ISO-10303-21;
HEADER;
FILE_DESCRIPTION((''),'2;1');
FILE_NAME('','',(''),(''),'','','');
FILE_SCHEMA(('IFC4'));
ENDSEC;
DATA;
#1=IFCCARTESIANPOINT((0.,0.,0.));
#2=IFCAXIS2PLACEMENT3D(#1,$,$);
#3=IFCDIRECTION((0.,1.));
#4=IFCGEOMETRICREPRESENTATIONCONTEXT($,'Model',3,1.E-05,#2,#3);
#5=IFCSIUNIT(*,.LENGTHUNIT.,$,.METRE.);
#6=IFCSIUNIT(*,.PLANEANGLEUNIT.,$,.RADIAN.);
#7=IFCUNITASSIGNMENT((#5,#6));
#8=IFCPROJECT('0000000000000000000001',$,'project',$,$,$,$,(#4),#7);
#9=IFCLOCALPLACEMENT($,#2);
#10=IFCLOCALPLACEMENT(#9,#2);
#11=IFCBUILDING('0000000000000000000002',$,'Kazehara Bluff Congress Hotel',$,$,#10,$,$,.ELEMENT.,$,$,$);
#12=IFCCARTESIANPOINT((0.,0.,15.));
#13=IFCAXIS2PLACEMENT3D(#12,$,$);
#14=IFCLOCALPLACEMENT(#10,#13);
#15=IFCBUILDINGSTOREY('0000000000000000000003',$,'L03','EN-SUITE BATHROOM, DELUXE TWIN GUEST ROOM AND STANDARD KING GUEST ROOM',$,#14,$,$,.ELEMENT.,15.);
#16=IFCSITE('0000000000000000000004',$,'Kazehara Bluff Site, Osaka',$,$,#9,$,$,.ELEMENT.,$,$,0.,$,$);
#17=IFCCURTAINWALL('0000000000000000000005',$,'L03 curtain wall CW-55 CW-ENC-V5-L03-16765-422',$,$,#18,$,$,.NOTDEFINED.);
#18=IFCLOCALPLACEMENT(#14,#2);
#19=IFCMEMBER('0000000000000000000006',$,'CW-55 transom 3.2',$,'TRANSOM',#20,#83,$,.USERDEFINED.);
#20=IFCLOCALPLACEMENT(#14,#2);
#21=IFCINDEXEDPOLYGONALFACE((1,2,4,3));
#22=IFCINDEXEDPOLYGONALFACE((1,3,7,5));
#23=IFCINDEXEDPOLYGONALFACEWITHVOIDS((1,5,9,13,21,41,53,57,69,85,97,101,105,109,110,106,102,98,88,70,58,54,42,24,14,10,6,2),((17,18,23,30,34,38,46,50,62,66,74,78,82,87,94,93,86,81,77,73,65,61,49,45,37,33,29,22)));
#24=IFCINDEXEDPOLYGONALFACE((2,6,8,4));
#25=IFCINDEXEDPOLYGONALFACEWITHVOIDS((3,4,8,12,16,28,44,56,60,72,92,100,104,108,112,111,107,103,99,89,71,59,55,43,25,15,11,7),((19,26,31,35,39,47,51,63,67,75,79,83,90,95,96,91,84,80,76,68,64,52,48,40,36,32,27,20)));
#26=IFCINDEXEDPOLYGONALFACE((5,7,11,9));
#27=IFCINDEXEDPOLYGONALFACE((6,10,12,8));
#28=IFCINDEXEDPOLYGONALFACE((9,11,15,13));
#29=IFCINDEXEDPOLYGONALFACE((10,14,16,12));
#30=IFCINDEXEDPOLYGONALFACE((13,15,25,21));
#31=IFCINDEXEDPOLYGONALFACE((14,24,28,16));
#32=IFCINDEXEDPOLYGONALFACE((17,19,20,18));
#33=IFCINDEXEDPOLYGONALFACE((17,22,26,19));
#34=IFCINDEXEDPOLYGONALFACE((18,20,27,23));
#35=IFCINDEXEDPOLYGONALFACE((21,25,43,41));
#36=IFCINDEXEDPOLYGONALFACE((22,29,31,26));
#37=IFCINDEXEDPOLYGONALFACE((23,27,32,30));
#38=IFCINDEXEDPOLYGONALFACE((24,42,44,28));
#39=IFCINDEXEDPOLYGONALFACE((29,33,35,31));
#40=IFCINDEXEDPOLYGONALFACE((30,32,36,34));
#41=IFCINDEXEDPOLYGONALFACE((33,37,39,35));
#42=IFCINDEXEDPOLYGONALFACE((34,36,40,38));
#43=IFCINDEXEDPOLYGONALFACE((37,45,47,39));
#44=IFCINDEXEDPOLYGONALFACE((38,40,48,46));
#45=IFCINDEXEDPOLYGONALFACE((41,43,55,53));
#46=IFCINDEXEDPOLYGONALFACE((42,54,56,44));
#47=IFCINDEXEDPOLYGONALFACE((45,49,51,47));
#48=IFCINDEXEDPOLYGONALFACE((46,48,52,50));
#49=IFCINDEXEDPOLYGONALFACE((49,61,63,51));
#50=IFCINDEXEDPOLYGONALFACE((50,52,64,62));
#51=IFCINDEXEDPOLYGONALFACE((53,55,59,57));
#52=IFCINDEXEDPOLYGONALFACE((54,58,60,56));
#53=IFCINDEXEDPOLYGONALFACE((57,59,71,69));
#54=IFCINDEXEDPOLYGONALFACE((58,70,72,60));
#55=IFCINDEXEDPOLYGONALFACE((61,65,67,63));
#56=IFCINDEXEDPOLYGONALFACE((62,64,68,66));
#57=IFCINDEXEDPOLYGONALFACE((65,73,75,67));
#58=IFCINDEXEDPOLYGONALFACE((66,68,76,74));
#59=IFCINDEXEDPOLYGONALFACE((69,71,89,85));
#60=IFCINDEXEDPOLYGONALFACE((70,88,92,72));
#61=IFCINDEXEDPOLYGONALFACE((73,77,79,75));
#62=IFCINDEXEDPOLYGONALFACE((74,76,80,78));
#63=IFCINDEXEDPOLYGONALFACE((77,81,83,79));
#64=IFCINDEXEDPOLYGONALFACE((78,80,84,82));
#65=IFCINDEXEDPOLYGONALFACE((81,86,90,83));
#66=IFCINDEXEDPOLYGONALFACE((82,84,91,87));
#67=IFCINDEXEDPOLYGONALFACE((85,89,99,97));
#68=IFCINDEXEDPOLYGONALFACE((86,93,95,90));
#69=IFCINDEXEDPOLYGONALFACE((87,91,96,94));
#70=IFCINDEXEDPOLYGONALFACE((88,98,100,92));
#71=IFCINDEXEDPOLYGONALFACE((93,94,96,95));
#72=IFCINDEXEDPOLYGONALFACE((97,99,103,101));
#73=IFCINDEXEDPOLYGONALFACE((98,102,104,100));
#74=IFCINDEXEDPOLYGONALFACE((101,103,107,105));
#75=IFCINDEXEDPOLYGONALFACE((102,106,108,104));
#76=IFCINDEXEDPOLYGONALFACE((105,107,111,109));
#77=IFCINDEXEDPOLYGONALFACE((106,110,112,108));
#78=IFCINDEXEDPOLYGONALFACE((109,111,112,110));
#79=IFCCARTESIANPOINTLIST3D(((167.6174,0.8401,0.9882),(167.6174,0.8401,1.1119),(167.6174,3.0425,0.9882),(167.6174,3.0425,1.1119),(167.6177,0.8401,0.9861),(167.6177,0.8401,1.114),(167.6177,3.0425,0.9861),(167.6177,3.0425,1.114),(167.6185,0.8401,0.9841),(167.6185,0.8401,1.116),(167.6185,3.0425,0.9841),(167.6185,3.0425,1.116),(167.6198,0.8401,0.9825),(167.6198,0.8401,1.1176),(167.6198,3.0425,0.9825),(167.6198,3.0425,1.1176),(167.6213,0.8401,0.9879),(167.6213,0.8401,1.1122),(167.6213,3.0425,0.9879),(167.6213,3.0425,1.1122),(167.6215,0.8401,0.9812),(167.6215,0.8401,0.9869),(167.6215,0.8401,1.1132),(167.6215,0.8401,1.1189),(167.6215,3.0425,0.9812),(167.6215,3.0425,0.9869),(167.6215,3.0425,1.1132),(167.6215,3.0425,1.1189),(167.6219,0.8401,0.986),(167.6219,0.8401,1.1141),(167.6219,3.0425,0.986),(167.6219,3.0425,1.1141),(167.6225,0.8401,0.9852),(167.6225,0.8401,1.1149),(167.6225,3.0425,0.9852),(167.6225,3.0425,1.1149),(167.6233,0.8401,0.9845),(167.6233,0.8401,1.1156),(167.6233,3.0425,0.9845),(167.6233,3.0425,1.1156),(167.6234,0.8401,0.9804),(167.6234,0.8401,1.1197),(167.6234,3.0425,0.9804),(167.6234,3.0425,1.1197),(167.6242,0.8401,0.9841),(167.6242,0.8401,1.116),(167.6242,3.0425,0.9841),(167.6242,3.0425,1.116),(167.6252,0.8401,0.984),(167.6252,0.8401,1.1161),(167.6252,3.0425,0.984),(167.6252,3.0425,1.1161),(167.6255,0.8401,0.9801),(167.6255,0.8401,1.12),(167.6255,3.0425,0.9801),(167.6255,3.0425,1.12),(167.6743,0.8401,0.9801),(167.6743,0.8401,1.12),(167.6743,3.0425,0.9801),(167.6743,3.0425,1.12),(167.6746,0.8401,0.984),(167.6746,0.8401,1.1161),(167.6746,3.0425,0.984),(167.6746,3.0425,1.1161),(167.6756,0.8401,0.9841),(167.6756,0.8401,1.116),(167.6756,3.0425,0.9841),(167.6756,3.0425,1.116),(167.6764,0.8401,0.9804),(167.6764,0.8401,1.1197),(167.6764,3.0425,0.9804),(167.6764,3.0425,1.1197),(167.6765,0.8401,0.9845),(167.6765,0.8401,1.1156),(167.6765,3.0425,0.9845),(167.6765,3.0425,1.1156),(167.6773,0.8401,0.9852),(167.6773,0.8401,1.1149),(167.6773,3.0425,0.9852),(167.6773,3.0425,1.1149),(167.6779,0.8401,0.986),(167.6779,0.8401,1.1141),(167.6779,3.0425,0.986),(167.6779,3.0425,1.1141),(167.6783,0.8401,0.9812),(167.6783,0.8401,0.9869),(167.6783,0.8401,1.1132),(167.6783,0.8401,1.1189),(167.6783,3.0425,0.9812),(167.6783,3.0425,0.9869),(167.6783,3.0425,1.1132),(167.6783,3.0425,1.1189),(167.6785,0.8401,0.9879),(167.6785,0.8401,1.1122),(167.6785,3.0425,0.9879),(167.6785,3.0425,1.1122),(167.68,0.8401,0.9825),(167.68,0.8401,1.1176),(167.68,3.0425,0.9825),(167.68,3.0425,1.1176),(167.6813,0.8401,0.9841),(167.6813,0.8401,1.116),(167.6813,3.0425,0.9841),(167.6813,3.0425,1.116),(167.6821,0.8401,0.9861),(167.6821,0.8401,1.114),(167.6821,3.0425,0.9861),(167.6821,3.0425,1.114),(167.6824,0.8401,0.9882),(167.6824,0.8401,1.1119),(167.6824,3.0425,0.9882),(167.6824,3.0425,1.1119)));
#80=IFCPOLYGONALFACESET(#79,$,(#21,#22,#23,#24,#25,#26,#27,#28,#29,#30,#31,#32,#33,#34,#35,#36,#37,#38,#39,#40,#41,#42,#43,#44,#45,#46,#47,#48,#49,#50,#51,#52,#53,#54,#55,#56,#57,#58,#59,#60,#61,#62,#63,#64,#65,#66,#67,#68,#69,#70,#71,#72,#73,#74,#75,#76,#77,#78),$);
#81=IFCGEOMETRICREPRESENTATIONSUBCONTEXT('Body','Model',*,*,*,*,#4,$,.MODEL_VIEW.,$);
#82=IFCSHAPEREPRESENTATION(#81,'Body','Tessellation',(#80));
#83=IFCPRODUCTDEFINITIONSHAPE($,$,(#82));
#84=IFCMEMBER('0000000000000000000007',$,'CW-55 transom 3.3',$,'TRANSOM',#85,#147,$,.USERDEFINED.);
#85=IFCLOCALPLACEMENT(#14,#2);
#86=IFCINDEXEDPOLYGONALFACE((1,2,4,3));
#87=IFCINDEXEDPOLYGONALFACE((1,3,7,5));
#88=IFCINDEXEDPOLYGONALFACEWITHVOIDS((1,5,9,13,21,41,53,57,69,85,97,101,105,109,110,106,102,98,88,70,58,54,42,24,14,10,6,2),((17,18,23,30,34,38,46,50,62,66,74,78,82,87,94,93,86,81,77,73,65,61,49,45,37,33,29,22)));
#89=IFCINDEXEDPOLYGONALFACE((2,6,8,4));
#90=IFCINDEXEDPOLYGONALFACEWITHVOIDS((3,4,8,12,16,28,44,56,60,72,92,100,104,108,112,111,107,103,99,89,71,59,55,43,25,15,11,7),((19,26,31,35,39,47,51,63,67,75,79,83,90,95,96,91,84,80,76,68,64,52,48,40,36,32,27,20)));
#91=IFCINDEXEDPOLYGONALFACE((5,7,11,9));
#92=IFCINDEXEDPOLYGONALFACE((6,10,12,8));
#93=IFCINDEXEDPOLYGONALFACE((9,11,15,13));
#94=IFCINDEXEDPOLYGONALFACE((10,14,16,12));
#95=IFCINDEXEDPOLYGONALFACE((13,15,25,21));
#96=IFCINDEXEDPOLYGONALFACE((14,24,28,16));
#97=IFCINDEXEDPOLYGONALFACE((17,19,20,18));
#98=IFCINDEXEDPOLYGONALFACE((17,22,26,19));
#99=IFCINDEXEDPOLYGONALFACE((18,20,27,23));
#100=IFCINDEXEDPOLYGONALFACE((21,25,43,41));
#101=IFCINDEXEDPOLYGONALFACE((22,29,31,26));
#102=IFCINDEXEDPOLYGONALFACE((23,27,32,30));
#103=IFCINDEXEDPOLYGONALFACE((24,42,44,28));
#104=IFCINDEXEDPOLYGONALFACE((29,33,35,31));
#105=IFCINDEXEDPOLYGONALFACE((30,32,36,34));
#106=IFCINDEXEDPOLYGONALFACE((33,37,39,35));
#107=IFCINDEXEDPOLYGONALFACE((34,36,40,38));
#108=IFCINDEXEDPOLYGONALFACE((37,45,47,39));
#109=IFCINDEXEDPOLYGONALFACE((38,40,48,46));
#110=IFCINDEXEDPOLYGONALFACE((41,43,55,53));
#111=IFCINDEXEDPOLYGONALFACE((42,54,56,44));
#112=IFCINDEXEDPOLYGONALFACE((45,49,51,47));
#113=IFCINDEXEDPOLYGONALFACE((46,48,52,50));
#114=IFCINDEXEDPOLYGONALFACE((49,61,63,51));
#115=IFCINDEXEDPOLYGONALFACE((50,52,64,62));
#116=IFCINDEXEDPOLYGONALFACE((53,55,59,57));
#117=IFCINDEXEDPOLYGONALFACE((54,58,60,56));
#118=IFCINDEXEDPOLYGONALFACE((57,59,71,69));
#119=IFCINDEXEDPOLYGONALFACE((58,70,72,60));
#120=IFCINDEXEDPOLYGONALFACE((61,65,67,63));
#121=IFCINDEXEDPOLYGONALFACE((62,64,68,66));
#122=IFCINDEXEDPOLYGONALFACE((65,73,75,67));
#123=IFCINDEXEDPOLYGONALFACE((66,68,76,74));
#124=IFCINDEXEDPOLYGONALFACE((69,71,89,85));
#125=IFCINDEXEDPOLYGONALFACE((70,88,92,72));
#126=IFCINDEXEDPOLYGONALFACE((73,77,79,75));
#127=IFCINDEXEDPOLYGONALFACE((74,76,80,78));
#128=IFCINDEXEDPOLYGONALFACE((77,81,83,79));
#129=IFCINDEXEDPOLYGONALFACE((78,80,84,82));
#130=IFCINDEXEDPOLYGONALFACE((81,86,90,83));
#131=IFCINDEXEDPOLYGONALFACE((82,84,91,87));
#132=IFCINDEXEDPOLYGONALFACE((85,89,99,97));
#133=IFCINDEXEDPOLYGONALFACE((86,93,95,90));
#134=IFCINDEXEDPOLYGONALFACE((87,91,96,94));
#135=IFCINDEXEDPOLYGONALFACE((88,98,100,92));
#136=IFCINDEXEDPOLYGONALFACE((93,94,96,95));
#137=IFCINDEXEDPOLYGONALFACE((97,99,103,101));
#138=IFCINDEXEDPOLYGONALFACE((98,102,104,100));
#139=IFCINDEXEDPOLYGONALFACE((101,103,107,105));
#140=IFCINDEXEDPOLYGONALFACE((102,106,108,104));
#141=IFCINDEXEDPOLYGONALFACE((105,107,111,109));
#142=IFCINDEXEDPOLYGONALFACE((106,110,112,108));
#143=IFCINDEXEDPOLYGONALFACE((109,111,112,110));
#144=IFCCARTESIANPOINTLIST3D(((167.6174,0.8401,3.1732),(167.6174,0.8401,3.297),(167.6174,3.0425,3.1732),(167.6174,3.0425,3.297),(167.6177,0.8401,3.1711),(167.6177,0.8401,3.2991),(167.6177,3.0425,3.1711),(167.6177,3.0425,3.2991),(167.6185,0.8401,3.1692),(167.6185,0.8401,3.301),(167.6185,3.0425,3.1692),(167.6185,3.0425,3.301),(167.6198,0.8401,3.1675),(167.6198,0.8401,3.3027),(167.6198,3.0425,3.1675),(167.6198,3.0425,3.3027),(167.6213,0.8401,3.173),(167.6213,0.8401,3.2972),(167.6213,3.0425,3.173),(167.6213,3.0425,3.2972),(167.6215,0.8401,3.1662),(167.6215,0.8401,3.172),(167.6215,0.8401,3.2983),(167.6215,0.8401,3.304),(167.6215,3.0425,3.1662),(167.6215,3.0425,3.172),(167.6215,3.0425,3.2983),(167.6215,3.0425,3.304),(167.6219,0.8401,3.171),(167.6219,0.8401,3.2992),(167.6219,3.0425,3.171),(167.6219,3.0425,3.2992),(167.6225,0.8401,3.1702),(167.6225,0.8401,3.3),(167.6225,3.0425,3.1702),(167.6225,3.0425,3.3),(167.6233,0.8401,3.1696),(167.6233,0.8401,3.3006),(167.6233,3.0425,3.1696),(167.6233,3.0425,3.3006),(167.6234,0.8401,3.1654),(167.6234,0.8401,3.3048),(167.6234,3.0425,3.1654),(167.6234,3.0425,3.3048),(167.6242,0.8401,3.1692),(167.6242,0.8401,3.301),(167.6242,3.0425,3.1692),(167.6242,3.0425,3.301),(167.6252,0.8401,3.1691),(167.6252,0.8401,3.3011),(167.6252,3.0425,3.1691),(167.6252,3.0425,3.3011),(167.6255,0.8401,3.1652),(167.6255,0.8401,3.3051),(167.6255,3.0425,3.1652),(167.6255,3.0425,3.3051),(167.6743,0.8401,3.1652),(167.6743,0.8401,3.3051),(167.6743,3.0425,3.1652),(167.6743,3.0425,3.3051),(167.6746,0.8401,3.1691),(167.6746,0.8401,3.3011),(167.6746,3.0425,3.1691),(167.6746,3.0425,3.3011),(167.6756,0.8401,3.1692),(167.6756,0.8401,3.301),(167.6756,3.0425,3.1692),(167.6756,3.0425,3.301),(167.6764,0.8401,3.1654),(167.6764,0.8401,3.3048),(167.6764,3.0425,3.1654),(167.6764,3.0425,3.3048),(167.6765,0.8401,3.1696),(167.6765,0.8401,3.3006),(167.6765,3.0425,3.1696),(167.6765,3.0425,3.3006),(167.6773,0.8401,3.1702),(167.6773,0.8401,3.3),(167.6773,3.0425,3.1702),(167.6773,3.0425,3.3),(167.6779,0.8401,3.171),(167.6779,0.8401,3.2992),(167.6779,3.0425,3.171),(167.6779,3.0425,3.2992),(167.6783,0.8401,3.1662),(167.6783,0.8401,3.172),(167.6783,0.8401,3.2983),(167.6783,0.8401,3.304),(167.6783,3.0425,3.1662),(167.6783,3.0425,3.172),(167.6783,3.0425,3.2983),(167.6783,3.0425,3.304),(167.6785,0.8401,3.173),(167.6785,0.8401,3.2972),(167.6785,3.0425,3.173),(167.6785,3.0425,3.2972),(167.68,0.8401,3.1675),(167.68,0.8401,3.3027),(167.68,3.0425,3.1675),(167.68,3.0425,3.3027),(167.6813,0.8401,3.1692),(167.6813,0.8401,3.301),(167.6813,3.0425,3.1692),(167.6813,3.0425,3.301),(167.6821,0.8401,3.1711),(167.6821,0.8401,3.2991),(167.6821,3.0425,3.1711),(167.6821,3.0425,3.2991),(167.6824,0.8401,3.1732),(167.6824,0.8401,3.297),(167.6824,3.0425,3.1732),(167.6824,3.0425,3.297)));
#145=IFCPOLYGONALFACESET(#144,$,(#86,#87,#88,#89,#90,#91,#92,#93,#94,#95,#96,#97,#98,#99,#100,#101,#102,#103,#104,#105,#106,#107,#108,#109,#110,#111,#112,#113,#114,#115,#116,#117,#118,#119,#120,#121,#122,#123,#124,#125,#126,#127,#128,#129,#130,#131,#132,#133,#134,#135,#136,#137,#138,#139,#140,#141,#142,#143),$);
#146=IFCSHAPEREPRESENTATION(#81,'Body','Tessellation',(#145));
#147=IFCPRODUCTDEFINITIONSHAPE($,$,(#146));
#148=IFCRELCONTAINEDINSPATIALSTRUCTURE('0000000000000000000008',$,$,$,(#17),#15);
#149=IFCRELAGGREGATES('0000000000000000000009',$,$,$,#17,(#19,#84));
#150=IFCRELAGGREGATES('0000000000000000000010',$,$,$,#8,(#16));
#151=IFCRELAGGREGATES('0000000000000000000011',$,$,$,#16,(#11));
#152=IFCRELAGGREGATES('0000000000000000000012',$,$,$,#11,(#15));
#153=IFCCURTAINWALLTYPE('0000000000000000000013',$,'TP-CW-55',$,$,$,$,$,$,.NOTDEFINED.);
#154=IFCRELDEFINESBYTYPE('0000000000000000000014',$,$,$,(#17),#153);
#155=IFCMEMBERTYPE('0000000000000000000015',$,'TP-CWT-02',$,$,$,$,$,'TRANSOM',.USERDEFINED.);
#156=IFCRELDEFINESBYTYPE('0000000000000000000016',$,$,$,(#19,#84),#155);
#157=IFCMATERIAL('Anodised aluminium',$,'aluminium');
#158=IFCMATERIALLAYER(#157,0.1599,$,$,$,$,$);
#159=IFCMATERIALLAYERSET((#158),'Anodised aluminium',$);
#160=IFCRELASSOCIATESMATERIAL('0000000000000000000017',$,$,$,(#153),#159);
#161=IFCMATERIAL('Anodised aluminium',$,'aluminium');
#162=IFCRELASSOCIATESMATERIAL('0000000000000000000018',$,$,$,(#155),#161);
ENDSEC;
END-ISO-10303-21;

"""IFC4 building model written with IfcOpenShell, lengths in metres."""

from ifc_helpers import new_model, si_unit, direction, frame, origin, origin_2d, place, context, subcontext, project, spatial, hollow_rectangle, extrude, material, layer, layer_set, material_profile, profile_set, type_object, element, aggregate, save


model = new_model("IFC4")

# Units and contexts
model_context = context("Model", 3, precision=1e-05, world=origin(), true_north=direction((0.0, 1.0)))
body_context = subcontext(model_context, "Body", "Model", "MODEL_VIEW")
ifc_project = project(units=[si_unit("LENGTHUNIT", "METRE"), si_unit("PLANEANGLEUNIT", "RADIAN")], contexts=[model_context])

# Site, building, storey
site_placement = place(None, origin())
site = spatial("IfcSite", under=ifc_project, at=site_placement, Name="Kazehara Bluff Site, Osaka", CompositionType="ELEMENT", RefElevation=0.0)
building_placement = place(site_placement, origin())
building = spatial("IfcBuilding", under=site, at=building_placement, Name="Kazehara Bluff Congress Hotel", CompositionType="ELEMENT")
storey_placement = place(building_placement, frame((0.0, 0.0, 15.0)))
storey = spatial("IfcBuildingStorey", under=building, at=storey_placement, Name="L03", Description="EN-SUITE BATHROOM, DELUXE TWIN GUEST ROOM AND STANDARD KING GUEST ROOM", CompositionType="ELEMENT", Elevation=15.0)

# Curtain wall
ifc_material_1 = material(Name="Anodised aluminium", Category="aluminium")
ifc_layer_1 = layer(ifc_material_1, 0.1599)
ifc_layer_set_1 = layer_set([ifc_layer_1], Name="Anodised aluminium")
curtain_wall_type_1 = type_object("IfcCurtainWallType", Name="TP-CW-55", PredefinedType="NOTDEFINED", material=ifc_layer_set_1)
curtain_wall_1_placement = place(storey_placement, origin())
curtain_wall_1 = element("IfcCurtainWall", 1, at=curtain_wall_1_placement, inside=storey, type_object=curtain_wall_type_1, Name="L03 curtain wall CW-55 CW-ENC-V5-L03-16765-422", PredefinedType="NOTDEFINED")

# Members
ifc_material_2 = material(Name="Anodised aluminium", Category="aluminium")
ifc_material_profile_1 = material_profile(ifc_material_2, hollow_rectangle(XDim=0.0649, YDim=0.1399, WallThickness=0.0039, InnerFilletRadius=0.0039, OuterFilletRadius=0.0081, at=origin_2d()))
ifc_profile_set_1 = profile_set([ifc_material_profile_1], Name="Anodised aluminium")
member_type_1 = type_object("IfcMemberType", Name="TP-CWT-02", ElementType="TRANSOM", PredefinedType="USERDEFINED", material=ifc_profile_set_1)
member_1_placement = place(storey_placement, frame((167.6499, 3.0425, 1.05), z_axis=(0.0, -1.0, 0.0), x_axis=(1.0, 0.0, 0.0)))
member_1 = element("IfcMember", 2, at=member_1_placement, type_object=member_type_1, Name="CW-55 transom 3.2", ObjectType="TRANSOM", PredefinedType="USERDEFINED", context=body_context, shape_type="SweptSolid", body=[
    extrude(hollow_rectangle(XDim=0.0649, YDim=0.1399, WallThickness=0.0039, InnerFilletRadius=0.0039, OuterFilletRadius=0.0081, at=origin_2d()), origin(), (0.0, 0.0, 1.0), 2.2024),
])
member_2_placement = place(storey_placement, frame((167.6499, 3.0425, 3.2351), z_axis=(0.0, -1.0, 0.0), x_axis=(1.0, 0.0, 0.0)))
member_2 = element("IfcMember", 3, at=member_2_placement, type_object=member_type_1, Name="CW-55 transom 3.3", ObjectType="TRANSOM", PredefinedType="USERDEFINED", context=body_context, shape_type="SweptSolid", body=[
    extrude(hollow_rectangle(XDim=0.0649, YDim=0.1399, WallThickness=0.0039, InnerFilletRadius=0.0039, OuterFilletRadius=0.0081, at=origin_2d()), origin(), (0.0, 0.0, 1.0), 2.2024),
])

aggregate(curtain_wall_1, [member_1, member_2])

save(model, "model.ifc")
